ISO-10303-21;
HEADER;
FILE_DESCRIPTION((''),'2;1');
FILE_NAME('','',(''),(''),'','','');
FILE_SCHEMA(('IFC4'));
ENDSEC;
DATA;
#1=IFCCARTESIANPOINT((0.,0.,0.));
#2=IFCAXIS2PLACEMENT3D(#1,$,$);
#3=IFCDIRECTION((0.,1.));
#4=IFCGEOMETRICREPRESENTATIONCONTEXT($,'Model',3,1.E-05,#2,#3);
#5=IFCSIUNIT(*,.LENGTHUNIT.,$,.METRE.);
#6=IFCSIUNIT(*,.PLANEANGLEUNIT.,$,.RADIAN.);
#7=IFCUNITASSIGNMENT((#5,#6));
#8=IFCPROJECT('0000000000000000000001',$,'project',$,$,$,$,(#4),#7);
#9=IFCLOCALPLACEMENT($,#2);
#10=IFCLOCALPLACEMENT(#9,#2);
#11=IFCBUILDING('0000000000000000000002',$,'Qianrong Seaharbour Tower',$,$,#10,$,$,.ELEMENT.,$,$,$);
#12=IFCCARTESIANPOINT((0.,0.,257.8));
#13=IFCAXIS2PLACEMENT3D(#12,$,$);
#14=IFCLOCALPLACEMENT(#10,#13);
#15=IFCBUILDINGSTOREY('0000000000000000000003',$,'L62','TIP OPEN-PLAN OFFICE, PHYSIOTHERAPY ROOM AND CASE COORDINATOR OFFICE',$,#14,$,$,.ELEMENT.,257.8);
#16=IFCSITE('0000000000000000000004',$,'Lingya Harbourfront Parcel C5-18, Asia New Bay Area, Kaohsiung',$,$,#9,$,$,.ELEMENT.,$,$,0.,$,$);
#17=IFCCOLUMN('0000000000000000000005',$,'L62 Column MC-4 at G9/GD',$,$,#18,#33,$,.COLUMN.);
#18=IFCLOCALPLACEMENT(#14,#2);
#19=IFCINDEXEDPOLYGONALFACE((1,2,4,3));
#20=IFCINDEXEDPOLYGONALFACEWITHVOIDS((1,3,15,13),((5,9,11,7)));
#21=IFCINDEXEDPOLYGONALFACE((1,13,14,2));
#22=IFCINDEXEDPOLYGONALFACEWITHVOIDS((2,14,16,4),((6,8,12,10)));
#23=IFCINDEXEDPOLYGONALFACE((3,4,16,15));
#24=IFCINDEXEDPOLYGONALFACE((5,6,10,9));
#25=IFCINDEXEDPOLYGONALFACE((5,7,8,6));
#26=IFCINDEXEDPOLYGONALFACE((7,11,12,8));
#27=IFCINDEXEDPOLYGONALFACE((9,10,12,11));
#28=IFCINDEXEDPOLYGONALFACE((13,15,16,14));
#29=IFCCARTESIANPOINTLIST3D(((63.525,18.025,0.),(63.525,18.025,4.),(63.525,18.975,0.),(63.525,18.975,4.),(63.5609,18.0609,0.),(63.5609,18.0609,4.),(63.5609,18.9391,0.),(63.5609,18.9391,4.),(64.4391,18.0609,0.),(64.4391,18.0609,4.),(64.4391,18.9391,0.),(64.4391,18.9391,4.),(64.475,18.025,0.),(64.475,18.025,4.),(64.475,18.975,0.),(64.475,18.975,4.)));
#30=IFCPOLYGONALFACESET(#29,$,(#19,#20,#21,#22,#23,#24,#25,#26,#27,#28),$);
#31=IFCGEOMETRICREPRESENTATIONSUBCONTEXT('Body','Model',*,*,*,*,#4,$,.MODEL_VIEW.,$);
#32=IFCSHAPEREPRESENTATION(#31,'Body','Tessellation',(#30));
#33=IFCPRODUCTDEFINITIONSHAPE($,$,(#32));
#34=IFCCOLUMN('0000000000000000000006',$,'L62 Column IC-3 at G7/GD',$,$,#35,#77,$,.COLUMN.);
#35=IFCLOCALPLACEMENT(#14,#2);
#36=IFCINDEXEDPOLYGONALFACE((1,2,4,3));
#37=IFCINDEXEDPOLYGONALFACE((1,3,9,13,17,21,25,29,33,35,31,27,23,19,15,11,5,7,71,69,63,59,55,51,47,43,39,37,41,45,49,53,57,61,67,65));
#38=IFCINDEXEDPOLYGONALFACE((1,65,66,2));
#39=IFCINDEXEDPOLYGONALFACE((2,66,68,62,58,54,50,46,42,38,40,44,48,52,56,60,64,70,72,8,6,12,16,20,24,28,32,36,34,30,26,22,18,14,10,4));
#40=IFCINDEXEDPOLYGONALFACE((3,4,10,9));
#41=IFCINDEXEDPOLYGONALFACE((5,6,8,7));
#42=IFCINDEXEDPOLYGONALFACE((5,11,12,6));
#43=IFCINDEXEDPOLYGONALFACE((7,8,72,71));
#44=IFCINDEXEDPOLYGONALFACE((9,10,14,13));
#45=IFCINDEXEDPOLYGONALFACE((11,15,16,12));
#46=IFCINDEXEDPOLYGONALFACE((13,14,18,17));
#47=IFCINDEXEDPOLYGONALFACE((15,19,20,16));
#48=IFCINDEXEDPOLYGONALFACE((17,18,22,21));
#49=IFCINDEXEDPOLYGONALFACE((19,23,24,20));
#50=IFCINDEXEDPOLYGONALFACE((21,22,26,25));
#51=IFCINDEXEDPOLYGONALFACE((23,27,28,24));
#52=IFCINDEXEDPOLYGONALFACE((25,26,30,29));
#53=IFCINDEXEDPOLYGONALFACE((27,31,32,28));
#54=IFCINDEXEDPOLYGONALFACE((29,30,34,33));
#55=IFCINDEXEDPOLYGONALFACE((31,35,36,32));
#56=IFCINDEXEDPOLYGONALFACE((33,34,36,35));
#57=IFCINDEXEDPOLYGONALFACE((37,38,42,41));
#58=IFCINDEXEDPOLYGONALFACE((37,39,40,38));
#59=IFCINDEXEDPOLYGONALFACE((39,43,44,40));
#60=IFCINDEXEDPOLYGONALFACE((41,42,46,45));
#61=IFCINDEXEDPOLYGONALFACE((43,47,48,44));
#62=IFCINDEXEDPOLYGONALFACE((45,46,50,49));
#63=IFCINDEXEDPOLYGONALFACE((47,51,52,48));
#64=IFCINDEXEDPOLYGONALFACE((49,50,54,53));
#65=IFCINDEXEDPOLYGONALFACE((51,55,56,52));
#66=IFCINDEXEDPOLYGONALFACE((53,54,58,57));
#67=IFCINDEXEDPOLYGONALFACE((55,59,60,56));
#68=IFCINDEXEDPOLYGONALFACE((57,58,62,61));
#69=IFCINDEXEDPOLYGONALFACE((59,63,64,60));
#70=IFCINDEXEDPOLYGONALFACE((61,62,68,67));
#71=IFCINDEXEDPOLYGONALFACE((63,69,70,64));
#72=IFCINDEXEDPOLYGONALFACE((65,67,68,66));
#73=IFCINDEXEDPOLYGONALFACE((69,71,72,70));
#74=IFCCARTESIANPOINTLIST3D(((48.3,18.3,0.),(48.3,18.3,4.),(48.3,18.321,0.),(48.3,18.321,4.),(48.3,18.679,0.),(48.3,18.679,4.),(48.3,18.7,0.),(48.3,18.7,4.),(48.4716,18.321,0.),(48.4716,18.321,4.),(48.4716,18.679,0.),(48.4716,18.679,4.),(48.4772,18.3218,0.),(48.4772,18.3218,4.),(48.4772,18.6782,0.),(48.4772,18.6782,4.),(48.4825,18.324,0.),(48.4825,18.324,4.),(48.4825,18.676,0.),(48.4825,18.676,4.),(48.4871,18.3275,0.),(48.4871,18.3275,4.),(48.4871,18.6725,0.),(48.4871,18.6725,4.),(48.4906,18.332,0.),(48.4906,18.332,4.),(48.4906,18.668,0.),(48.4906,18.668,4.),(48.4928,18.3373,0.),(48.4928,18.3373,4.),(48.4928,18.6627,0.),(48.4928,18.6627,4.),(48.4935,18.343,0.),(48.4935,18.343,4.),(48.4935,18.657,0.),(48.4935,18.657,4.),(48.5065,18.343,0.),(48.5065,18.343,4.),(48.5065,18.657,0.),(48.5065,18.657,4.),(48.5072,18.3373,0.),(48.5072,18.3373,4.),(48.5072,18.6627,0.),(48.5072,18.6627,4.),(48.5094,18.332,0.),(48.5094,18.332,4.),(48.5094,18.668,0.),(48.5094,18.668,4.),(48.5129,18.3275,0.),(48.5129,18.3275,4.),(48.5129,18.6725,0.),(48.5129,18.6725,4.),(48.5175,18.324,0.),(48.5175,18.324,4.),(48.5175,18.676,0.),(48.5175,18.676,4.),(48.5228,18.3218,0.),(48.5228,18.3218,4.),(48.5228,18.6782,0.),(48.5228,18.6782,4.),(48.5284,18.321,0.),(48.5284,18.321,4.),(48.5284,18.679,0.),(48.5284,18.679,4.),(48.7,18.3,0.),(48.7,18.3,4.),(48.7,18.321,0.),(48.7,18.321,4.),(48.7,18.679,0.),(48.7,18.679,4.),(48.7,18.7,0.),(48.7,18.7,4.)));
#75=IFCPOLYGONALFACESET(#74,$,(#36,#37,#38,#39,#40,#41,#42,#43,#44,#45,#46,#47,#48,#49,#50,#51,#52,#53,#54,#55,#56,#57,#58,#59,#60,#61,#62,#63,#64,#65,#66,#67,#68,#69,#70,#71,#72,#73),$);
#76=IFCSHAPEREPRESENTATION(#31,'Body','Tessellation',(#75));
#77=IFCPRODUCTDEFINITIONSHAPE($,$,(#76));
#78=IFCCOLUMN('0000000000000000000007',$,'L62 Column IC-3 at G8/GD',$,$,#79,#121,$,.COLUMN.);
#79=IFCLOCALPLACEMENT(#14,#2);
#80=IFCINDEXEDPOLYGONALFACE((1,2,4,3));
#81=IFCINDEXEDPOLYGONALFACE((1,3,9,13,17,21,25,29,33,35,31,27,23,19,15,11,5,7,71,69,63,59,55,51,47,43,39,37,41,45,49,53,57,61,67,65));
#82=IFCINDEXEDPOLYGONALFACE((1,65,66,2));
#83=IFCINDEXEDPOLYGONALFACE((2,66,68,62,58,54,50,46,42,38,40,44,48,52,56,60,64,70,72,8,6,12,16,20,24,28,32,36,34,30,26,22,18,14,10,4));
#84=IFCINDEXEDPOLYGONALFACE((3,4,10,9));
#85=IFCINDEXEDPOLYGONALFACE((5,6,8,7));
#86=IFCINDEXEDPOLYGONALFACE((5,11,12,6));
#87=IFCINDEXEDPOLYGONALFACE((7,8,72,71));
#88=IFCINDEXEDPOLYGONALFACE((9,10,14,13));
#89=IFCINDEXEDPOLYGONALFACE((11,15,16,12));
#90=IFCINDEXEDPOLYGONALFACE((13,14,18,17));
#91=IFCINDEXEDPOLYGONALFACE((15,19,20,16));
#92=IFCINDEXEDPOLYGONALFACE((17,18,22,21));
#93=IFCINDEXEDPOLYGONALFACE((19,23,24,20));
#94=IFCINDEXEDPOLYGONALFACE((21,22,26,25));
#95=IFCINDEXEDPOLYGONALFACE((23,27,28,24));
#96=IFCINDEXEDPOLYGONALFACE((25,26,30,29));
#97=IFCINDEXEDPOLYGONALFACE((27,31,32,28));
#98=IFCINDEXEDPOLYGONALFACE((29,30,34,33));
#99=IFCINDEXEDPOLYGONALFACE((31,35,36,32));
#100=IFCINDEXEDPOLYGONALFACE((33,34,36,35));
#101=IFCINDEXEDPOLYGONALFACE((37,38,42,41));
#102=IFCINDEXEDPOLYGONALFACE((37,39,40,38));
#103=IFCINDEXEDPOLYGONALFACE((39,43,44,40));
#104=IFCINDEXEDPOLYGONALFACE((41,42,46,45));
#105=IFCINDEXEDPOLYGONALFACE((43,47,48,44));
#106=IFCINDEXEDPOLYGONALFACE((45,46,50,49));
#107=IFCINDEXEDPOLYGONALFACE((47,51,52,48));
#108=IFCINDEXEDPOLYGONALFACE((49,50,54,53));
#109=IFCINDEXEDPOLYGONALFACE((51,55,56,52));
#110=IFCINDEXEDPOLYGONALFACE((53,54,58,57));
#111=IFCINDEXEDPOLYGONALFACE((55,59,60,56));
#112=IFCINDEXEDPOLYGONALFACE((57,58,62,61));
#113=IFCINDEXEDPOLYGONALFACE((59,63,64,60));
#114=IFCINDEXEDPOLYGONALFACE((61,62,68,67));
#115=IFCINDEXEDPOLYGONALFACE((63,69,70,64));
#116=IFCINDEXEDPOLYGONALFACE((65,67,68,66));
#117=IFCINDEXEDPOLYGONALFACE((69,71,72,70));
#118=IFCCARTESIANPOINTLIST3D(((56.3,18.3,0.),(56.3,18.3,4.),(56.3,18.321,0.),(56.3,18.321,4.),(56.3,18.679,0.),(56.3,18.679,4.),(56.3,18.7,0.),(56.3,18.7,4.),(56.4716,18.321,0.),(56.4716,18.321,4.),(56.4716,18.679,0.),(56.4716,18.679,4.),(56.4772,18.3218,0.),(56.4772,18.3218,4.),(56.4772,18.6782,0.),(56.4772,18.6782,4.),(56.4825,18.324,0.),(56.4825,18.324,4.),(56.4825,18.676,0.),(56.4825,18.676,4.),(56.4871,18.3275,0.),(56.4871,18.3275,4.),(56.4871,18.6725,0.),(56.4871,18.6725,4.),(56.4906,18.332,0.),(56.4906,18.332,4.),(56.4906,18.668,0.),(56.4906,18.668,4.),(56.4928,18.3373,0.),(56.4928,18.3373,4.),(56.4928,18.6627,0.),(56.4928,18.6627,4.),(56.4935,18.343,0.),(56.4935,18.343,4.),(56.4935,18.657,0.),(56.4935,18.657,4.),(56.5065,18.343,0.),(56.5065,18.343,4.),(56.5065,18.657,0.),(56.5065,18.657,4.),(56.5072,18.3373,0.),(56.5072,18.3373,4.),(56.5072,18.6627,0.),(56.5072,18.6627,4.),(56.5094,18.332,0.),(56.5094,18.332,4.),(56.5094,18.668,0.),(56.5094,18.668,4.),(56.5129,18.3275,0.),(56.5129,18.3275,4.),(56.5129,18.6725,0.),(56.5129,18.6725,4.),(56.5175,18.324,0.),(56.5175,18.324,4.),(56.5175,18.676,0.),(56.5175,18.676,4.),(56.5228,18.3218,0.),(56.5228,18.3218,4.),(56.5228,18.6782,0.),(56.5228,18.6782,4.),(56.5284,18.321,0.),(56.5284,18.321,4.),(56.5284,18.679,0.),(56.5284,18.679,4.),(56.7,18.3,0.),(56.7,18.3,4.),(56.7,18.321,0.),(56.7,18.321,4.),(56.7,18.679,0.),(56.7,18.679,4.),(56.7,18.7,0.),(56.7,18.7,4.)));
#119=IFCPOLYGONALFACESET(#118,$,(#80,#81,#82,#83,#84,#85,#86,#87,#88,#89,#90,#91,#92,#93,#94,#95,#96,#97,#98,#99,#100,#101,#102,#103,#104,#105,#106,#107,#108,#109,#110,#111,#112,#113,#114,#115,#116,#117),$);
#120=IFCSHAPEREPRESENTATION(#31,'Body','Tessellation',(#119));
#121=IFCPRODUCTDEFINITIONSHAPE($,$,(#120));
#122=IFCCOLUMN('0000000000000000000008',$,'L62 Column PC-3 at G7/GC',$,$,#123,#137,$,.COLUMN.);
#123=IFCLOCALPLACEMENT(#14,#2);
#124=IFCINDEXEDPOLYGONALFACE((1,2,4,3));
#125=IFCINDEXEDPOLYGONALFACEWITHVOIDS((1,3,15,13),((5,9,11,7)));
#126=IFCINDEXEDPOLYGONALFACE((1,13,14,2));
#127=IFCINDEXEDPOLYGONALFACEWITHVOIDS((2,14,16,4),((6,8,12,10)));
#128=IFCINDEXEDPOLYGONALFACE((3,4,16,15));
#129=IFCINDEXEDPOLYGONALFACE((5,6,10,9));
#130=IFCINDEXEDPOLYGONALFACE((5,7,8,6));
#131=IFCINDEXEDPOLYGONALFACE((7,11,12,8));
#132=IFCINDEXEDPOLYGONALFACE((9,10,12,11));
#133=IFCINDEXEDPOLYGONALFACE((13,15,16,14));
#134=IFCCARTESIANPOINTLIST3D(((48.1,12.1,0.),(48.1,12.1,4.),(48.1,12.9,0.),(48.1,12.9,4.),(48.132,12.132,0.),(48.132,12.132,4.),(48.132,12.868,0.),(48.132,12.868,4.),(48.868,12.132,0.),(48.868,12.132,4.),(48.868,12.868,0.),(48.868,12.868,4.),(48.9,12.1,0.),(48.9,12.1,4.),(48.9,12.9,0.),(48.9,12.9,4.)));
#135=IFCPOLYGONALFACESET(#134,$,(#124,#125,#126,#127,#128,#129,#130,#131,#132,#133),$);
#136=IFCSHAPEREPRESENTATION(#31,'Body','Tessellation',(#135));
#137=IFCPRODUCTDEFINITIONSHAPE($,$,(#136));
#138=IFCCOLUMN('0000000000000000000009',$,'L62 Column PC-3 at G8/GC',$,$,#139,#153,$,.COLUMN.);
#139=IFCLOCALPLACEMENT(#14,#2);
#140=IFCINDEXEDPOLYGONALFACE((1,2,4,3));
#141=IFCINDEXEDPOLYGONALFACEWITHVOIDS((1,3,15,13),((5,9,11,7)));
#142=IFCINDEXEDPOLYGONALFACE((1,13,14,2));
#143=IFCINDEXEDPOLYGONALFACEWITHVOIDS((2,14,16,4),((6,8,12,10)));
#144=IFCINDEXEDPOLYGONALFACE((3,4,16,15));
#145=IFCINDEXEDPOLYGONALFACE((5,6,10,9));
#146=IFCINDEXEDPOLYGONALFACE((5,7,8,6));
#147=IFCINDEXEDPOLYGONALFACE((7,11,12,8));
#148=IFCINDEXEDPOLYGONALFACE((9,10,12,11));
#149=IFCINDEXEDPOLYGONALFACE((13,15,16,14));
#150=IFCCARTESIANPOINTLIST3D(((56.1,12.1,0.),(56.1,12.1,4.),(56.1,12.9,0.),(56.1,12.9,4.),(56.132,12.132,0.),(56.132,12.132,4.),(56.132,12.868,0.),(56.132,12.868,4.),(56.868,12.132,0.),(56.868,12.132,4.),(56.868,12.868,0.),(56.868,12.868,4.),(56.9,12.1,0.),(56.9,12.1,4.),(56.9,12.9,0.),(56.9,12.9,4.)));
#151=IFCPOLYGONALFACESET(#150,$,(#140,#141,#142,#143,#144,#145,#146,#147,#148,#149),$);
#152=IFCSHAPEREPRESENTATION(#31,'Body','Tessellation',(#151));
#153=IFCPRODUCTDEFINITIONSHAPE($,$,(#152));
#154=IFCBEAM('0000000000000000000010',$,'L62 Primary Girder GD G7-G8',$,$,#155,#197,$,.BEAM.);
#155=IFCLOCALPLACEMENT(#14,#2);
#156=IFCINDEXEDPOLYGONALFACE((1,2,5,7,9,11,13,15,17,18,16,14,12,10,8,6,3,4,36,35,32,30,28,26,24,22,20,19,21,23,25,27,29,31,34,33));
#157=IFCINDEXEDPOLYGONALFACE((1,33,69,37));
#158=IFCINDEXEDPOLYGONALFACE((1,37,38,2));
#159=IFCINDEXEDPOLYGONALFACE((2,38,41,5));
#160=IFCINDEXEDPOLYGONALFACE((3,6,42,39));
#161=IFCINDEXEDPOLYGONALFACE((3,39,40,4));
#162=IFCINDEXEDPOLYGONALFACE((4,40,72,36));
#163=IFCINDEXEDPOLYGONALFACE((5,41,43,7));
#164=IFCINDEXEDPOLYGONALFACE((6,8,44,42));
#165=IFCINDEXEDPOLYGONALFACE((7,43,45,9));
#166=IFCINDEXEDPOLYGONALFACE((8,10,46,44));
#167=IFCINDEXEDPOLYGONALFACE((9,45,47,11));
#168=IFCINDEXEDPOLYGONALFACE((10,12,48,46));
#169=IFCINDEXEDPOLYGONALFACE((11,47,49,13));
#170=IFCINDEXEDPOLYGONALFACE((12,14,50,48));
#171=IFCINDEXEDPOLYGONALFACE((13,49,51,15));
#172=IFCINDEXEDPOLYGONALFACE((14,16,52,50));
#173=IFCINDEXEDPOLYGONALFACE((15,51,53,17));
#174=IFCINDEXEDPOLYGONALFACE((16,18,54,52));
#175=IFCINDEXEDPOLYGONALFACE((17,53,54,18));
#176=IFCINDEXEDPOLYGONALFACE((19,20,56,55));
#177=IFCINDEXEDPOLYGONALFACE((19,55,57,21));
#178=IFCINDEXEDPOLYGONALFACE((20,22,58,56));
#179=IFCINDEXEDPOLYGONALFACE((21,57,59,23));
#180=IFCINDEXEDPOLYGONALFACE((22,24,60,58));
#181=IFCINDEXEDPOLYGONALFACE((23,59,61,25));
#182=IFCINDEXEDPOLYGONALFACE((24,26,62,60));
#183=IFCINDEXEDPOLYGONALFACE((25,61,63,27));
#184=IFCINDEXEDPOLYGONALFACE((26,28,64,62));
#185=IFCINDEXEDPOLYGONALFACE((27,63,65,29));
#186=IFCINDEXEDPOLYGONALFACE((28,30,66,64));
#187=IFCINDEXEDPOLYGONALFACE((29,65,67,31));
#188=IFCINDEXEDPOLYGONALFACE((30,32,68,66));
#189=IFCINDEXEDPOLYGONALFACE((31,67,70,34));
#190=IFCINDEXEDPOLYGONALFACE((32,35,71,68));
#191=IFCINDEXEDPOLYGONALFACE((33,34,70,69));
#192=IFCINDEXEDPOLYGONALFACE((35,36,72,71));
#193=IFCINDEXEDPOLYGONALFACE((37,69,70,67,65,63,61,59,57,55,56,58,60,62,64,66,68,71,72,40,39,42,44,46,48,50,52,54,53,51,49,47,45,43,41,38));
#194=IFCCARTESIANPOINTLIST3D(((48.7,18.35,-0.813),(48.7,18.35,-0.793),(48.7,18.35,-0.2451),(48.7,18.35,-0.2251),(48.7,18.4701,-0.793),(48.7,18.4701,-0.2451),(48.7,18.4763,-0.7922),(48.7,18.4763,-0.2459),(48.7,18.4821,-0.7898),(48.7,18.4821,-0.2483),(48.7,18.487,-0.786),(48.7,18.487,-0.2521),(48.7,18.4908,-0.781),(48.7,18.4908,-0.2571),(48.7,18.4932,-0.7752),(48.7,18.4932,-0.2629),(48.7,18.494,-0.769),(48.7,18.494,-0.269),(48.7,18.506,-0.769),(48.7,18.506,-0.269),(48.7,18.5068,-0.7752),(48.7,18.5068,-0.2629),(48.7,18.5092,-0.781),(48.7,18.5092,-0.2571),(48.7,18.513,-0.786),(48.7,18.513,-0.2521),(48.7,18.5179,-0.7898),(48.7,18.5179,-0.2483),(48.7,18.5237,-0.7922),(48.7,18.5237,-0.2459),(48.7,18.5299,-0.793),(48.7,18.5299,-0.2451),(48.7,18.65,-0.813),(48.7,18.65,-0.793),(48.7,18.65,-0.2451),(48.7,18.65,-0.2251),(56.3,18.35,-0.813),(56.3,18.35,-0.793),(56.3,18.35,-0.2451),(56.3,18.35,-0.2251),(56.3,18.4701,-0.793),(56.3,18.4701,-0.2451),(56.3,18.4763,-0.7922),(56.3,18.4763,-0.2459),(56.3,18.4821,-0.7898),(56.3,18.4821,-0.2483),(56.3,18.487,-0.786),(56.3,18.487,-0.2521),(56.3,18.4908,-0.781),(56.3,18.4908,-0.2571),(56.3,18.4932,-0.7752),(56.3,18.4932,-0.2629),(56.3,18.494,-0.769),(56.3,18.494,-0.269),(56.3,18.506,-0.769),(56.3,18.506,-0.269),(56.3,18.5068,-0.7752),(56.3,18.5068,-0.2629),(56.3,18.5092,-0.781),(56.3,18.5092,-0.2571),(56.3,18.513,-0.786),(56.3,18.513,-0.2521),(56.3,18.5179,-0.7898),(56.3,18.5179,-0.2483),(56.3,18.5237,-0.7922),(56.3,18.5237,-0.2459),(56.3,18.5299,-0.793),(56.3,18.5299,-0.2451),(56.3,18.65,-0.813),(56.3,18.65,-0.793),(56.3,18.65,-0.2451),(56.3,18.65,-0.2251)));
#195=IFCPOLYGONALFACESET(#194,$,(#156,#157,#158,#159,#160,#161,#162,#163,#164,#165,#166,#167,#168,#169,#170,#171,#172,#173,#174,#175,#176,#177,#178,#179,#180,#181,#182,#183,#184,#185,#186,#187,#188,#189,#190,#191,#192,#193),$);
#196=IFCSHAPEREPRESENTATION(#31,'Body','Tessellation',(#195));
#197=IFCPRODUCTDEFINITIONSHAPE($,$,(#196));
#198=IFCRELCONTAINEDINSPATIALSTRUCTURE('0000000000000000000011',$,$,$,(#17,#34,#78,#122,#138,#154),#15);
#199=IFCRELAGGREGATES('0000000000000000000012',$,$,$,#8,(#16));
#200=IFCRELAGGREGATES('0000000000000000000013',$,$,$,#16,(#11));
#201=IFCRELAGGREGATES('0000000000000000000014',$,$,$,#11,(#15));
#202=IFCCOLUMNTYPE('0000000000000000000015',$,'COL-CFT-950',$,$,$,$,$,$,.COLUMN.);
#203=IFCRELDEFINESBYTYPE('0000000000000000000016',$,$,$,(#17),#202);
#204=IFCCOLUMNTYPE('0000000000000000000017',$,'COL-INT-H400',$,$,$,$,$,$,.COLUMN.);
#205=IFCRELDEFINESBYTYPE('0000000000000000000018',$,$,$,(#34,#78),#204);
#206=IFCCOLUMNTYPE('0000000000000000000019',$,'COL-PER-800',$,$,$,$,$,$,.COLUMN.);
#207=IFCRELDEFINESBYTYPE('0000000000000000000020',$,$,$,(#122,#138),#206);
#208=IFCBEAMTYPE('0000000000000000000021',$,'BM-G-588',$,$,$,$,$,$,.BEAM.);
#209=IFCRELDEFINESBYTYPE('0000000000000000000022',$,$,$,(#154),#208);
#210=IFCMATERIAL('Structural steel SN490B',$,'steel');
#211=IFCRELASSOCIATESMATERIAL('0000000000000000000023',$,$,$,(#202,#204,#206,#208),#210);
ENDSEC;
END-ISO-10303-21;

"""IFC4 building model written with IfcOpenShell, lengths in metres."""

from ifc_helpers import new_model, si_unit, direction, frame, origin, origin_2d, place, context, subcontext, project, spatial, hollow_rectangle, i_section, extrude, material, material_profile, profile_set, type_object, element, save


model = new_model("IFC4")

# Units and contexts
model_context = context("Model", 3, precision=1e-05, world=origin(), true_north=direction((0.0, 1.0)))
body_context = subcontext(model_context, "Body", "Model", "MODEL_VIEW")
ifc_project = project(units=[si_unit("LENGTHUNIT", "METRE"), si_unit("PLANEANGLEUNIT", "RADIAN")], contexts=[model_context])

# Site, building, storey
site_placement = place(None, origin())
site = spatial("IfcSite", under=ifc_project, at=site_placement, Name="Lingya Harbourfront Parcel C5-18, Asia New Bay Area, Kaohsiung", CompositionType="ELEMENT", RefElevation=0.0)
building_placement = place(site_placement, origin())
building = spatial("IfcBuilding", under=site, at=building_placement, Name="Qianrong Seaharbour Tower", CompositionType="ELEMENT")
storey_placement = place(building_placement, frame((0.0, 0.0, 257.8)))
storey = spatial("IfcBuildingStorey", under=building, at=storey_placement, Name="L62", Description="TIP OPEN-PLAN OFFICE, PHYSIOTHERAPY ROOM AND CASE COORDINATOR OFFICE", CompositionType="ELEMENT", Elevation=257.8)

# Columns
ifc_material_1 = material(Name="Structural steel SN490B", Category="steel")
ifc_material_profile_1 = material_profile(ifc_material_1, hollow_rectangle(XDim=0.95, YDim=0.95, WallThickness=0.0359, at=origin_2d()), Name="BOX950x950x36")
ifc_profile_set_1 = profile_set([ifc_material_profile_1], Name="Structural steel SN490B")
column_type_1 = type_object("IfcColumnType", Name="COL-CFT-950", PredefinedType="COLUMN", material=ifc_profile_set_1)
column_placement = place(storey_placement, frame((64.0, 18.5, 0.0), z_axis=(0.0, 0.0, 1.0), x_axis=(1.0, 0.0, 0.0)))
element("IfcColumn", 1, at=column_placement, inside=storey, type_object=column_type_1, Name="L62 Column MC-4 at G9/GD", PredefinedType="COLUMN", context=body_context, shape_type="SweptSolid", body=[
    extrude(hollow_rectangle(XDim=0.95, YDim=0.95, WallThickness=0.0359, at=origin_2d()), origin(), (0.0, 0.0, 1.0), 4.0),
])
ifc_material_profile_2 = material_profile(ifc_material_1, i_section(OverallWidth=0.3999, OverallDepth=0.3999, WebThickness=0.0129, FlangeThickness=0.021, FilletRadius=0.022, at=origin_2d()), Name="H400x400x13x21")
ifc_profile_set_2 = profile_set([ifc_material_profile_2], Name="Structural steel SN490B")
column_type_2 = type_object("IfcColumnType", Name="COL-INT-H400", PredefinedType="COLUMN", material=ifc_profile_set_2)
for number, where, z_axis, x_axis, name in (
    (2, (48.5, 18.5, 0.0), (0.0, 0.0, 1.0), (1.0, 0.0, 0.0), "L62 Column IC-3 at G7/GD"),
    (3, (56.5, 18.5, 0.0), (0.0, 0.0, 1.0), (1.0, 0.0, 0.0), "L62 Column IC-3 at G8/GD"),
):
    element("IfcColumn", number, at=place(storey_placement, frame(where, z_axis=z_axis, x_axis=x_axis)), inside=storey, type_object=column_type_2, Name=name, PredefinedType="COLUMN", context=body_context, shape_type="SweptSolid", body=[
        extrude(i_section(OverallWidth=0.3999, OverallDepth=0.3999, WebThickness=0.0129, FlangeThickness=0.021, FilletRadius=0.022, at=origin_2d()), origin(), (0.0, 0.0, 1.0), 4.0),
    ])
ifc_material_profile_3 = material_profile(ifc_material_1, hollow_rectangle(XDim=0.8, YDim=0.8, WallThickness=0.032, at=origin_2d()), Name="BOX800x800x32")
ifc_profile_set_3 = profile_set([ifc_material_profile_3], Name="Structural steel SN490B")
column_type_3 = type_object("IfcColumnType", Name="COL-PER-800", PredefinedType="COLUMN", material=ifc_profile_set_3)
for number, where, z_axis, x_axis, name in (
    (4, (48.5, 12.5, 0.0), (0.0, 0.0, 1.0), (1.0, 0.0, 0.0), "L62 Column PC-3 at G7/GC"),
    (5, (56.5, 12.5, 0.0), (0.0, 0.0, 1.0), (1.0, 0.0, 0.0), "L62 Column PC-3 at G8/GC"),
):
    element("IfcColumn", number, at=place(storey_placement, frame(where, z_axis=z_axis, x_axis=x_axis)), inside=storey, type_object=column_type_3, Name=name, PredefinedType="COLUMN", context=body_context, shape_type="SweptSolid", body=[
        extrude(hollow_rectangle(XDim=0.8, YDim=0.8, WallThickness=0.032, at=origin_2d()), origin(), (0.0, 0.0, 1.0), 4.0),
    ])

# Beam
ifc_material_profile_4 = material_profile(ifc_material_1, i_section(OverallWidth=0.3, OverallDepth=0.5879, WebThickness=0.012, FlangeThickness=0.02, FilletRadius=0.0239, at=origin_2d()), Name="H588x300x12x20")
ifc_profile_set_4 = profile_set([ifc_material_profile_4], Name="Structural steel SN490B")
beam_type_1 = type_object("IfcBeamType", Name="BM-G-588", PredefinedType="BEAM", material=ifc_profile_set_4)
beam_1_placement = place(storey_placement, frame((48.7, 18.5, -0.519), z_axis=(1.0, 0.0, 0.0), x_axis=(0.0, 1.0, 0.0)))
element("IfcBeam", 6, at=beam_1_placement, inside=storey, type_object=beam_type_1, Name="L62 Primary Girder GD G7-G8", PredefinedType="BEAM", context=body_context, shape_type="SweptSolid", body=[
    extrude(i_section(OverallWidth=0.3, OverallDepth=0.5879, WebThickness=0.012, FlangeThickness=0.02, FilletRadius=0.0239, at=origin_2d()), origin(), (0.0, 0.0, 1.0), 7.6001),
])

save(model, "model.ifc")
